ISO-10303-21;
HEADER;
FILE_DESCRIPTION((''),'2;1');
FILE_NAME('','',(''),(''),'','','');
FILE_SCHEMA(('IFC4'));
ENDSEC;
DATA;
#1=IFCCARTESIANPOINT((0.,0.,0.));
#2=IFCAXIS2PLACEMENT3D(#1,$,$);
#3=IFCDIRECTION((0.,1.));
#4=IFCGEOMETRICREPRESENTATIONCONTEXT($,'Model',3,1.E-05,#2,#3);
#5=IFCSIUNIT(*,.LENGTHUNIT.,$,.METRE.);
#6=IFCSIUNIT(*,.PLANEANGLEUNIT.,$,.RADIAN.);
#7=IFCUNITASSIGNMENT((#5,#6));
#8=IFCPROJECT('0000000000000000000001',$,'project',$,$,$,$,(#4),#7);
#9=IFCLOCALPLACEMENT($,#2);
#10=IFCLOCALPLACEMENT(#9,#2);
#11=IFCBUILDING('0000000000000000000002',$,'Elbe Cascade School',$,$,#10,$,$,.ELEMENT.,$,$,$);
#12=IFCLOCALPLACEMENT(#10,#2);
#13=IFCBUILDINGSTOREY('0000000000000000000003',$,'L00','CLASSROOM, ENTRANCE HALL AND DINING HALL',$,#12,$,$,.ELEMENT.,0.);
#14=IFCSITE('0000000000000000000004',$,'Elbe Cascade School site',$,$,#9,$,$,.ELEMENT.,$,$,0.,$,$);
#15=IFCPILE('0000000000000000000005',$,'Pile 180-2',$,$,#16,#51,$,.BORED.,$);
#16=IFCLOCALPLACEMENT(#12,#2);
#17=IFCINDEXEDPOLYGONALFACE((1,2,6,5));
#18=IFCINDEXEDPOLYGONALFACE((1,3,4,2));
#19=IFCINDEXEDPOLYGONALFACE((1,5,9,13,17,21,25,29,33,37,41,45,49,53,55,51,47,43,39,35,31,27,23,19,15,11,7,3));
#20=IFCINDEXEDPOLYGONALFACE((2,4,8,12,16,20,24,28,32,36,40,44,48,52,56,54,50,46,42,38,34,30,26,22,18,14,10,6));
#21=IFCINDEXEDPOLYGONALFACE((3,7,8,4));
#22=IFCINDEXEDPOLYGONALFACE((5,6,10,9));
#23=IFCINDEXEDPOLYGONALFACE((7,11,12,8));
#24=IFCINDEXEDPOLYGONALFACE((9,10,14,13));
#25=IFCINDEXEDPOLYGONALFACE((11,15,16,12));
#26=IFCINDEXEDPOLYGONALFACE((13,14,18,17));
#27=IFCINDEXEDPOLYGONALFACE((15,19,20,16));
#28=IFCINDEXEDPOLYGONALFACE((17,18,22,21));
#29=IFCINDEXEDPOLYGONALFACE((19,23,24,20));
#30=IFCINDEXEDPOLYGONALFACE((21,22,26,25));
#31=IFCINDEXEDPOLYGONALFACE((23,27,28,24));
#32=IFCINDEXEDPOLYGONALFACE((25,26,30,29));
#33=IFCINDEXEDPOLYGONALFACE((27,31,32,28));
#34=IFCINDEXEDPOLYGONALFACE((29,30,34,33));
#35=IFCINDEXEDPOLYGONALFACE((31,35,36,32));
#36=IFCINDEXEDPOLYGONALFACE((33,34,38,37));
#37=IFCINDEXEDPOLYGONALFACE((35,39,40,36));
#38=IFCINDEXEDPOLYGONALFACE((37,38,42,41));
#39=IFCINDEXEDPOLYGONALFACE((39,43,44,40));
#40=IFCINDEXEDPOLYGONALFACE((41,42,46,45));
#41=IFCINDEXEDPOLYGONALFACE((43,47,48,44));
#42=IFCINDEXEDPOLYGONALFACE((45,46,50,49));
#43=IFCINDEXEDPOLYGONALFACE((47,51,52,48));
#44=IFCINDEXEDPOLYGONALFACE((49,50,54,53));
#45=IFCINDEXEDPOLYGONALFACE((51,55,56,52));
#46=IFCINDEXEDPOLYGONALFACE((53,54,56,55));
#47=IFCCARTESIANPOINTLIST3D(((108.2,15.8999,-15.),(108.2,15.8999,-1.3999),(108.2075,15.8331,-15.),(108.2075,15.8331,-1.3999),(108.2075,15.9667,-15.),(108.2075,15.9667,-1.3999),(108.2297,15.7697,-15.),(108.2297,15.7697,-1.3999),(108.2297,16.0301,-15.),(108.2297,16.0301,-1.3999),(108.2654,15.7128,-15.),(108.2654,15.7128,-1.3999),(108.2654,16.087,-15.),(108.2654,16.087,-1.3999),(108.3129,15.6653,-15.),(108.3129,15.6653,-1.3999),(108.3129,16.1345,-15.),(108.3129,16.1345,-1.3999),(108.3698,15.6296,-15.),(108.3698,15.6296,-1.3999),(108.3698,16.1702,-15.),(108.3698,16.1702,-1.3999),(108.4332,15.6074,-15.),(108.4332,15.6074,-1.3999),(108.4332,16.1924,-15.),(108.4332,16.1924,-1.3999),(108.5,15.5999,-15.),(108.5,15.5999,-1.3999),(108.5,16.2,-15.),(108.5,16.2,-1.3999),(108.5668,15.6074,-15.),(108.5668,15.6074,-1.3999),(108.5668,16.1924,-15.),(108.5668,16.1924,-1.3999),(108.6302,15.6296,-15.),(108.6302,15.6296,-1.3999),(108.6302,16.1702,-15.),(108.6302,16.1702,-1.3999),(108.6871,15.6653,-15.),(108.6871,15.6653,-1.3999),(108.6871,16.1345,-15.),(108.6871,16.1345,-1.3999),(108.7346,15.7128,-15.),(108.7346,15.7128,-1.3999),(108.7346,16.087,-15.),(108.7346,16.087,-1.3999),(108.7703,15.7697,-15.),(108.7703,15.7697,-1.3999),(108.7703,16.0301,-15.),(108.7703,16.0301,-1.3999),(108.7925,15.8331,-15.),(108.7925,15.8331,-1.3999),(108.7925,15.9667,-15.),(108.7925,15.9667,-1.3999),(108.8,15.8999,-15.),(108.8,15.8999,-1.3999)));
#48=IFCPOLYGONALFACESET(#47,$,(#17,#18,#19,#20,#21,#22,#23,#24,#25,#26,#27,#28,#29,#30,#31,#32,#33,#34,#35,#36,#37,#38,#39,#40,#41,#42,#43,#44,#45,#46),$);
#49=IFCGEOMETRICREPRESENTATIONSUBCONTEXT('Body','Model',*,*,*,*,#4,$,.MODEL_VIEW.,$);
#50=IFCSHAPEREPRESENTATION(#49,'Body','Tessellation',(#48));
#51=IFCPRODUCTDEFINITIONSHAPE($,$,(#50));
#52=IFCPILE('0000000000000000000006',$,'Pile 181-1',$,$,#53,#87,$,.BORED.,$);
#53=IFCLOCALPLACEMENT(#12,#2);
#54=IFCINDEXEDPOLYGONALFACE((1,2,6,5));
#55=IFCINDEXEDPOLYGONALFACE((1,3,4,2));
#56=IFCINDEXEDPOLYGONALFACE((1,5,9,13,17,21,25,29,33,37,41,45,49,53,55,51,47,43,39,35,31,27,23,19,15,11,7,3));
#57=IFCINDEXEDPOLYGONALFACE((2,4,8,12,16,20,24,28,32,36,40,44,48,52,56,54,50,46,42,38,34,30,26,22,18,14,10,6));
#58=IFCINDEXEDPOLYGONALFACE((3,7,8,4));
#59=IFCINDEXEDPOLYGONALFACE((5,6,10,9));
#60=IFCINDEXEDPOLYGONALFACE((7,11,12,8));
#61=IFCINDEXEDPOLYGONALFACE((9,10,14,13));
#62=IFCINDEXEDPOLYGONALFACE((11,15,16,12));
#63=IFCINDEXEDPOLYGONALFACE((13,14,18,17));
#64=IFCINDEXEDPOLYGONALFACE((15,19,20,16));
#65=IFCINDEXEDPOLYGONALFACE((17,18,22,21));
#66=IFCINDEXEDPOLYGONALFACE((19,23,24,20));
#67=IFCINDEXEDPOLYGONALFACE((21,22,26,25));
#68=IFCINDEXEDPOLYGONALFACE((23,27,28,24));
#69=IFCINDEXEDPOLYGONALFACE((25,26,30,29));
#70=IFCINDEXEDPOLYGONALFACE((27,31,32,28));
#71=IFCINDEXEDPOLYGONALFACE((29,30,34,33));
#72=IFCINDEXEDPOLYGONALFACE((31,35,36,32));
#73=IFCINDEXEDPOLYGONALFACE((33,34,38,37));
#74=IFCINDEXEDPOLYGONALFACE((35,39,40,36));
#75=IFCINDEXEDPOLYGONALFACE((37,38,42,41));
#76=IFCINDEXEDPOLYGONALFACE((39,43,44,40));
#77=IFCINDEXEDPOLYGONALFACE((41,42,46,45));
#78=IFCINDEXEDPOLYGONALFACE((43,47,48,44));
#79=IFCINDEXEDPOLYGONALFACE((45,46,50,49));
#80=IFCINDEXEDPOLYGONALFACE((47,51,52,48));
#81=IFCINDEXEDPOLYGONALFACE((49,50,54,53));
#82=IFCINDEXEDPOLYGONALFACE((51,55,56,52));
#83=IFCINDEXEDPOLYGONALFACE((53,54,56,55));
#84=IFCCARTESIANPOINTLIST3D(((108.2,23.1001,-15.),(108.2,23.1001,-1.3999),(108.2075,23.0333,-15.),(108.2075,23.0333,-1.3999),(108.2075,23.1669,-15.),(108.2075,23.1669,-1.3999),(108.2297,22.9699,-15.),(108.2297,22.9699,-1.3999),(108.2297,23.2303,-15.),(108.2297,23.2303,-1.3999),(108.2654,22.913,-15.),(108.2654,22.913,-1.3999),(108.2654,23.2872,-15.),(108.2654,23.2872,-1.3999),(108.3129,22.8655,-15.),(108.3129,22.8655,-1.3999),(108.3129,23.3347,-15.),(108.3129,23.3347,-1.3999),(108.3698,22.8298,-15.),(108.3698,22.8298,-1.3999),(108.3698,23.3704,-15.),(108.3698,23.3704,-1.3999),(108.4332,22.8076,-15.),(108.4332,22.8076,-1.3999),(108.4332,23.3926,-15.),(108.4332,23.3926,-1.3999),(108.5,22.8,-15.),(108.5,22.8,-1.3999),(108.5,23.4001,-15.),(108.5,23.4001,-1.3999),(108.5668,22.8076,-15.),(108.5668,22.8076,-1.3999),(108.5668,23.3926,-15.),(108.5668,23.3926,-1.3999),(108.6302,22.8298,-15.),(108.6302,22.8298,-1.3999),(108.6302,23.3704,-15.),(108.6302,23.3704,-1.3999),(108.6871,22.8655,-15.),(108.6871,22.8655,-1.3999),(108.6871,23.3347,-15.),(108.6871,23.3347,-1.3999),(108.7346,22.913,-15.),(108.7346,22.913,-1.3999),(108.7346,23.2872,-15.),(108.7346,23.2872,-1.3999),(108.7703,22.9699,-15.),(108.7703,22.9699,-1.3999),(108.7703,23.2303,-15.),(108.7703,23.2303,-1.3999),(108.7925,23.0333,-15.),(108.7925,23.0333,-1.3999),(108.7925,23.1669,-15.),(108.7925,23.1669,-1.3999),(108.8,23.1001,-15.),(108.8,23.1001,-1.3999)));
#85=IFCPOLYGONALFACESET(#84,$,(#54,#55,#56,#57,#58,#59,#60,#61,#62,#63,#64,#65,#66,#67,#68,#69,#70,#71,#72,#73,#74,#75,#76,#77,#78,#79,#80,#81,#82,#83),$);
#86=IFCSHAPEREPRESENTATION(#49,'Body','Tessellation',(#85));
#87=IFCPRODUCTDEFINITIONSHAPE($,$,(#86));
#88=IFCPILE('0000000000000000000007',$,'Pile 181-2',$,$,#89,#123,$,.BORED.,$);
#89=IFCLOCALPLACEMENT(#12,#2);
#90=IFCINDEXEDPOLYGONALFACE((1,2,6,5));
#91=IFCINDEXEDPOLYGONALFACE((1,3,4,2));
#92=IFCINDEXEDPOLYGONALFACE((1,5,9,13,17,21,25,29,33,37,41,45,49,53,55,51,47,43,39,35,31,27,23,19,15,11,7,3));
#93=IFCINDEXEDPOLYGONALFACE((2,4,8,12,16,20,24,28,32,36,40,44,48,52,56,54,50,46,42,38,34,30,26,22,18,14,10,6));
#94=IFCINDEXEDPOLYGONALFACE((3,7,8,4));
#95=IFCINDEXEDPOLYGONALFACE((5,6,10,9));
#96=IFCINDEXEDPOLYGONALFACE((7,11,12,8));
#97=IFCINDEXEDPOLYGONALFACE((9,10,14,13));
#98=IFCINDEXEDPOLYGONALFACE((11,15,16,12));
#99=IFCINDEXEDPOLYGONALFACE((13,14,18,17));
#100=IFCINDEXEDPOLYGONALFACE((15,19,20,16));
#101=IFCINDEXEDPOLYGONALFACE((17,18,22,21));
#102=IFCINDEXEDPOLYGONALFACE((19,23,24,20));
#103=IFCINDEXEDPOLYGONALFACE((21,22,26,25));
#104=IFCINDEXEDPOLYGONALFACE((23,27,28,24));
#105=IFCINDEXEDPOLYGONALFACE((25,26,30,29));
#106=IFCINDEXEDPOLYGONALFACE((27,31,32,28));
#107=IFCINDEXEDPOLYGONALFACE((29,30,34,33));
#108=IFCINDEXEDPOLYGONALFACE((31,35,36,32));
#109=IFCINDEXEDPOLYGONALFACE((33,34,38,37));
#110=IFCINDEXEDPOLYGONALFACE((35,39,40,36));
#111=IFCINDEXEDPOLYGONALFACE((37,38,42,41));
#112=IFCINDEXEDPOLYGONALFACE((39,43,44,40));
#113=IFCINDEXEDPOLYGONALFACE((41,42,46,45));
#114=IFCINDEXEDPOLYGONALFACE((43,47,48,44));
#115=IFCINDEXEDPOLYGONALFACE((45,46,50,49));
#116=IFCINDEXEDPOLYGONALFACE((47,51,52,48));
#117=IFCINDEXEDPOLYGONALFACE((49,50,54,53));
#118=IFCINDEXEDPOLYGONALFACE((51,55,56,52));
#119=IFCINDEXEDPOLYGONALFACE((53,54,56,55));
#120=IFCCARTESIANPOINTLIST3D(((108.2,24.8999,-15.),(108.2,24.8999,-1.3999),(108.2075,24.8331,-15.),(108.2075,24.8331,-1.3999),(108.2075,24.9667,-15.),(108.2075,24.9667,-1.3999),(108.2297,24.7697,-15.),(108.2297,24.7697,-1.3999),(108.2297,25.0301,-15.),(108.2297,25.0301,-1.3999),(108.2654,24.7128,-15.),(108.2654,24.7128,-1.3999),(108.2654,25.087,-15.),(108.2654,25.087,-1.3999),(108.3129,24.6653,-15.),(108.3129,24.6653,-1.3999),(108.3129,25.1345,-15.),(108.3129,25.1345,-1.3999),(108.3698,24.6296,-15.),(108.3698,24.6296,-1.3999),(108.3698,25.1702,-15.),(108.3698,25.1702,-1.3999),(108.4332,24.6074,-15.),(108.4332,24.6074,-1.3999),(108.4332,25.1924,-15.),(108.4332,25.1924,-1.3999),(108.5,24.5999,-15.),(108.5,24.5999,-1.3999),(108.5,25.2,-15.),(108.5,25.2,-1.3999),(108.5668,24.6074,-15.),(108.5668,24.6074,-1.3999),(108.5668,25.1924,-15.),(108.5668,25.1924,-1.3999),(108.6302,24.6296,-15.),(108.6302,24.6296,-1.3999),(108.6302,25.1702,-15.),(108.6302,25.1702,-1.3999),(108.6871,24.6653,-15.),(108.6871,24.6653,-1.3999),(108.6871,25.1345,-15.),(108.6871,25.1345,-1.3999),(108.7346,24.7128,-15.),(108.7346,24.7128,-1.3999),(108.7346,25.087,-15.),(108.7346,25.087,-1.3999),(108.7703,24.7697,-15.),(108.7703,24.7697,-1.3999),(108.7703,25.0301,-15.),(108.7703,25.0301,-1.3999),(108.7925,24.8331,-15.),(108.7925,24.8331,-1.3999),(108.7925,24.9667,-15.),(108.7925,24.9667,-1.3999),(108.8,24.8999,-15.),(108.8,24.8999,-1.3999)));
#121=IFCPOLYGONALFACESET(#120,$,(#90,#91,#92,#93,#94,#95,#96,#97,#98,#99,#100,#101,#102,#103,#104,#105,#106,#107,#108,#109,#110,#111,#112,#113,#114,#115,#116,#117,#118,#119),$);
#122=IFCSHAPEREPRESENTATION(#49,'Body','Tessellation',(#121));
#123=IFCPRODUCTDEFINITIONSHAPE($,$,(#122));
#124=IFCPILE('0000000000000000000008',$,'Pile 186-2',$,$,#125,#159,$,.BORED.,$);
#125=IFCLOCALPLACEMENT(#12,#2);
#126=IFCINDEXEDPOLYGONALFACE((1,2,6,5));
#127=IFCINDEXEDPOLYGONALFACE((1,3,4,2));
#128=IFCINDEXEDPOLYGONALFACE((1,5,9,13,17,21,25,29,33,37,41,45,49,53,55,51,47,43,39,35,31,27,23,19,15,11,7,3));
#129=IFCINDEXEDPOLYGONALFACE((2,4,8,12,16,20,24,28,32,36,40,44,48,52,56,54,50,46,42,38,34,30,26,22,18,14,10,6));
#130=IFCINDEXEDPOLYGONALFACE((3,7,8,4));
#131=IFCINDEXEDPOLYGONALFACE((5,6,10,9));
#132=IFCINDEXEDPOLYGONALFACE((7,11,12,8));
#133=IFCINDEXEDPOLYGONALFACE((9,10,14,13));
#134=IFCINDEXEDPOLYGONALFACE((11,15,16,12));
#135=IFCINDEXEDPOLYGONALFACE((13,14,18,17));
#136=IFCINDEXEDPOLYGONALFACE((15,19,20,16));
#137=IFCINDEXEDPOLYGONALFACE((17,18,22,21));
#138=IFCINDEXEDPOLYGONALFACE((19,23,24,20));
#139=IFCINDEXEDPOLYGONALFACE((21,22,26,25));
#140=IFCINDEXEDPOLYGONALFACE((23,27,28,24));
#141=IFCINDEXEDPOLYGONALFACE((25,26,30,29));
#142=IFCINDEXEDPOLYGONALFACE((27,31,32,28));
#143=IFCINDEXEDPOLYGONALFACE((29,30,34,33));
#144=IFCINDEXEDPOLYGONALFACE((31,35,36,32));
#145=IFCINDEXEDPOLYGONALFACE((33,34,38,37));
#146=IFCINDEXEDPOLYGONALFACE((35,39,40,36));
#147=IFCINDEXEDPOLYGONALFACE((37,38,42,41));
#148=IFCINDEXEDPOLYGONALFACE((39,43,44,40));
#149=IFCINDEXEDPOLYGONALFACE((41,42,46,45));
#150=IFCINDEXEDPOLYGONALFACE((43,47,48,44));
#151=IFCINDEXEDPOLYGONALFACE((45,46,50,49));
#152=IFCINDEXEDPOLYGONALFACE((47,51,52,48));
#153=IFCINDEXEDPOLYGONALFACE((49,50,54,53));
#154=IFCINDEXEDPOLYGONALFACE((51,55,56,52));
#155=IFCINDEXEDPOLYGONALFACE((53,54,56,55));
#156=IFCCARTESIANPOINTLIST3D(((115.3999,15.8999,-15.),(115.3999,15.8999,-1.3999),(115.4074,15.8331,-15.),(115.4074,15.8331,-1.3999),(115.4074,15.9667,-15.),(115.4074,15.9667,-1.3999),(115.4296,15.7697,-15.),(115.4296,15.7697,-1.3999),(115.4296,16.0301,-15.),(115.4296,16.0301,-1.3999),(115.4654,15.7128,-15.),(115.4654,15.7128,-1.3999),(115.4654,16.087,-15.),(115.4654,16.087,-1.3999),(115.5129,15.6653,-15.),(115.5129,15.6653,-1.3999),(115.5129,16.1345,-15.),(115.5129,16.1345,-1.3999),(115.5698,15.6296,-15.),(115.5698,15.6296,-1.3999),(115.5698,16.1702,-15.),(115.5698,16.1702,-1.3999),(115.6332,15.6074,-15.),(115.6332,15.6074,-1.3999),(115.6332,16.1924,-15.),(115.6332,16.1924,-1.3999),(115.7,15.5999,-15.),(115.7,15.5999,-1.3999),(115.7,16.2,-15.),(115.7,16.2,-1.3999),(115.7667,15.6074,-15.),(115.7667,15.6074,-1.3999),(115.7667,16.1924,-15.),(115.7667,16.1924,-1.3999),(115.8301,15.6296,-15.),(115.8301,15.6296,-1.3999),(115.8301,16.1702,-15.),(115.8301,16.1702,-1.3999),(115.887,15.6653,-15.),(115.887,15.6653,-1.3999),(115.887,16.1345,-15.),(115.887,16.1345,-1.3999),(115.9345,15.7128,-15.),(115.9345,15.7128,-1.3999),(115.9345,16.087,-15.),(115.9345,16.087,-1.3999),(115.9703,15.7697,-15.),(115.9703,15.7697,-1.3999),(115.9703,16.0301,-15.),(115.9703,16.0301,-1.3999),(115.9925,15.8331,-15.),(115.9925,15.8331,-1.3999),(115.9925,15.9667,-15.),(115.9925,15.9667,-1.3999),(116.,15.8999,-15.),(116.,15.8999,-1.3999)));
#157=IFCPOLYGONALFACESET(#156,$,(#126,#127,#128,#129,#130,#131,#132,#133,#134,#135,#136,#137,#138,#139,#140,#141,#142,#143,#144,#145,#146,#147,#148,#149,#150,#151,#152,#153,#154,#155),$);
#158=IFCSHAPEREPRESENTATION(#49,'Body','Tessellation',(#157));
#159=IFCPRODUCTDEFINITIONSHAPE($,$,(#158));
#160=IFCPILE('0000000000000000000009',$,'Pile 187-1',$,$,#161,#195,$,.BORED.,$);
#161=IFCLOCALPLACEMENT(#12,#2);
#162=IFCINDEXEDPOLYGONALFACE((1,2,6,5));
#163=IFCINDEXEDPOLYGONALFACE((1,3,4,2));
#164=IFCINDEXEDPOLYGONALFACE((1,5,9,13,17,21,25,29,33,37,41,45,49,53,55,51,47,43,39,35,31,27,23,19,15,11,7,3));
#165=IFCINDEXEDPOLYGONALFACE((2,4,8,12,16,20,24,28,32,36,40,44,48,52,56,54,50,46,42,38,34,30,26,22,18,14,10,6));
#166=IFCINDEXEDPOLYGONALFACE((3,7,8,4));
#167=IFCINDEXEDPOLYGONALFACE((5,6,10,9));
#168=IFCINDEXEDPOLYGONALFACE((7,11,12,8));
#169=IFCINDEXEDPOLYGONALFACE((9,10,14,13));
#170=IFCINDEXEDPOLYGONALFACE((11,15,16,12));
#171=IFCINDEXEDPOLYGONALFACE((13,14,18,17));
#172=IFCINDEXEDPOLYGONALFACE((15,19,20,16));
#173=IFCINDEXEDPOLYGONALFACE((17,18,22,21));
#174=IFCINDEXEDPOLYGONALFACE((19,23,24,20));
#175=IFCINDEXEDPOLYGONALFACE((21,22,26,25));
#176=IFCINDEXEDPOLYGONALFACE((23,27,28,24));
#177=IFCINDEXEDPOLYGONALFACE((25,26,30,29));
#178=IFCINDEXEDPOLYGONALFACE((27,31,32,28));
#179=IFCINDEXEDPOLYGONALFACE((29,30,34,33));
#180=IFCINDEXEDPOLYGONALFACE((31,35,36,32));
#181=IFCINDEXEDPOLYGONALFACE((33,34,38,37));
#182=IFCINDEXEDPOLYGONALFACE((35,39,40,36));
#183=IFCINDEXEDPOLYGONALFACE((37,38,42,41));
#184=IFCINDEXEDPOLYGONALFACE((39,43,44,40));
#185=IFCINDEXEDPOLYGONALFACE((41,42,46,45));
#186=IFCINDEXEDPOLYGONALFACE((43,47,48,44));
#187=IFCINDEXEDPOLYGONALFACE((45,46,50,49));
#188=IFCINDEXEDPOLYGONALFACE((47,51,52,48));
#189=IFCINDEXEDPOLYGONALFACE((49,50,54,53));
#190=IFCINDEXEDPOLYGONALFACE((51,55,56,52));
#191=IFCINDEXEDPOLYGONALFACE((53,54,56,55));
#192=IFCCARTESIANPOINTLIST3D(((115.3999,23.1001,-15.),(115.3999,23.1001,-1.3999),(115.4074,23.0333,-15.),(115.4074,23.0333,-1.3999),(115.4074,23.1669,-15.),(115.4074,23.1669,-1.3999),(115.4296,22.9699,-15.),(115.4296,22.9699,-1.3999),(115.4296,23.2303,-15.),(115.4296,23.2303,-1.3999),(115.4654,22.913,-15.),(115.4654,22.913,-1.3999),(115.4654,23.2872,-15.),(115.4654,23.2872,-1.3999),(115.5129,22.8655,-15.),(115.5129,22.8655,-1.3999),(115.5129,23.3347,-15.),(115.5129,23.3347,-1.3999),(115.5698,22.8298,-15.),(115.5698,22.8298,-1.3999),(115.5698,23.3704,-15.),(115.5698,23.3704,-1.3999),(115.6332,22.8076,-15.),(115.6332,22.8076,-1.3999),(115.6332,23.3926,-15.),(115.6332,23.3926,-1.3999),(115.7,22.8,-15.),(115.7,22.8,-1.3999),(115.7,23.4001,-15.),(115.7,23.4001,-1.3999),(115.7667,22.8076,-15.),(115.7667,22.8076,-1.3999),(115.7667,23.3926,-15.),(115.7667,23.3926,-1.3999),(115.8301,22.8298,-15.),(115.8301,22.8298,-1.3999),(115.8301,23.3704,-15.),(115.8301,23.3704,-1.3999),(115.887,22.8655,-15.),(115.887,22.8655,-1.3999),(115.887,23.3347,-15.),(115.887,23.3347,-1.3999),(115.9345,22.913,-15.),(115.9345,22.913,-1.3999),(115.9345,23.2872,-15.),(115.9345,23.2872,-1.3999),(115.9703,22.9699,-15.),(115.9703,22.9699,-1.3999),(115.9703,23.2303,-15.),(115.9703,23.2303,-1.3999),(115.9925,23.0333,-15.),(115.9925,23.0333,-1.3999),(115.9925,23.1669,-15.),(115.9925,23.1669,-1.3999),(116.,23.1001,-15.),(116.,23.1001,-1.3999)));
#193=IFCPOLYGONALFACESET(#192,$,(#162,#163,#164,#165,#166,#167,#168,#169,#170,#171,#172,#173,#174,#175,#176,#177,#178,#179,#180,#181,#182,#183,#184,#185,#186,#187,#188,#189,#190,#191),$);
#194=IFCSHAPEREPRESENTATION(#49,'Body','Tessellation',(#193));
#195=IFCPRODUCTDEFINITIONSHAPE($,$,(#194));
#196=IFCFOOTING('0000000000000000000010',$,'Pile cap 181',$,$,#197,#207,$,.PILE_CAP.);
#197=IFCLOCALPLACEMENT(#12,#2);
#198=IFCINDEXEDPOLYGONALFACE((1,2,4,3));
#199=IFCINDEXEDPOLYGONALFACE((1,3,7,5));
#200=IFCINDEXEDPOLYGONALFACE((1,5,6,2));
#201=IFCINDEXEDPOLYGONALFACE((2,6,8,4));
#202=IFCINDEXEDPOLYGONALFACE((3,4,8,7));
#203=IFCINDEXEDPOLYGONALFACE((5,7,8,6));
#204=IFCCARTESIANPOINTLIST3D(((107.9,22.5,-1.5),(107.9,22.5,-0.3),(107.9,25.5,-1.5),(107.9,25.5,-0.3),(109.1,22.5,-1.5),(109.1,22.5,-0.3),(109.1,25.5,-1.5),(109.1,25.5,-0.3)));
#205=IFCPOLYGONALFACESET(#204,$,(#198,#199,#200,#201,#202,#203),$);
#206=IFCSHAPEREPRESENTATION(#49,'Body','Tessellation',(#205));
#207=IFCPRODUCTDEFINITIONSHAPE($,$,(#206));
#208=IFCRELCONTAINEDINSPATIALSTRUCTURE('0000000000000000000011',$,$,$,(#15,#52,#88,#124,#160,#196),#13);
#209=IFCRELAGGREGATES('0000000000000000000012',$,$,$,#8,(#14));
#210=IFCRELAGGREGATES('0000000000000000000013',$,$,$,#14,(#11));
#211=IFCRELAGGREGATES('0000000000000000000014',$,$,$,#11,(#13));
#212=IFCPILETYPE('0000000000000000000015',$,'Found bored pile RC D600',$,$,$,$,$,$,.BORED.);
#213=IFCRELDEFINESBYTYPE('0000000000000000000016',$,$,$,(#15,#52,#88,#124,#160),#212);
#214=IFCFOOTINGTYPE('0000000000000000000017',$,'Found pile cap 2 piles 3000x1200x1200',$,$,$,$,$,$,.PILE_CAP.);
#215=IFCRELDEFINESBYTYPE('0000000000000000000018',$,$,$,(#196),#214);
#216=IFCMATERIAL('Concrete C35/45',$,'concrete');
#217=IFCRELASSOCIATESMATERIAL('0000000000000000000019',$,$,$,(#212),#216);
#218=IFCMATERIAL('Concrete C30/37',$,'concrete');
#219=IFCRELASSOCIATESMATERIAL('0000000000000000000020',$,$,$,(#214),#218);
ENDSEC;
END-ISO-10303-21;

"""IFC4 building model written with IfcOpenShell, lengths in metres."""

from ifc_helpers import new_model, si_unit, direction, frame, origin, origin_2d, place, context, subcontext, project, spatial, rectangle, circle, extrude, material, material_profile, profile_set, type_object, element, save


model = new_model("IFC4")

# Units and contexts
model_context = context("Model", 3, precision=1e-05, world=origin(), true_north=direction((0.0, 1.0)))
body_context = subcontext(model_context, "Body", "Model", "MODEL_VIEW")
ifc_project = project(units=[si_unit("LENGTHUNIT", "METRE"), si_unit("PLANEANGLEUNIT", "RADIAN")], contexts=[model_context])

# Site, building, storey
site_placement = place(None, origin())
site = spatial("IfcSite", under=ifc_project, at=site_placement, Name="Elbe Cascade School site", CompositionType="ELEMENT", RefElevation=0.0)
building_placement = place(site_placement, origin())
building = spatial("IfcBuilding", under=site, at=building_placement, Name="Elbe Cascade School", CompositionType="ELEMENT")
storey_placement = place(building_placement, origin())
storey = spatial("IfcBuildingStorey", under=building, at=storey_placement, Name="L00", Description="CLASSROOM, ENTRANCE HALL AND DINING HALL", CompositionType="ELEMENT", Elevation=0.0)

# Piles
ifc_material_1 = material(Name="Concrete C35/45", Category="concrete")
ifc_material_profile_1 = material_profile(ifc_material_1, circle(Radius=0.3, at=origin_2d()), Name="RC D600")
ifc_profile_set_1 = profile_set([ifc_material_profile_1], Name="Concrete C35/45")
pile_type = type_object("IfcPileType", Name="Found bored pile RC D600", PredefinedType="BORED", material=ifc_profile_set_1)
for number, where, z_axis, x_axis, name in (
    (1, (108.5, 15.8999, -1.3999), (0.0, 0.0, -1.0), (1.0, 0.0, 0.0), "Pile 180-2"),
    (2, (108.5, 23.1001, -1.3999), (0.0, 0.0, -1.0), (1.0, 0.0, 0.0), "Pile 181-1"),
    (3, (108.5, 24.8999, -1.3999), (0.0, 0.0, -1.0), (1.0, 0.0, 0.0), "Pile 181-2"),
    (4, (115.7, 15.8999, -1.3999), (0.0, 0.0, -1.0), (1.0, 0.0, 0.0), "Pile 186-2"),
    (5, (115.7, 23.1001, -1.3999), (0.0, 0.0, -1.0), (1.0, 0.0, 0.0), "Pile 187-1"),
):
    element("IfcPile", number, at=place(storey_placement, frame(where, z_axis=z_axis, x_axis=x_axis)), inside=storey, type_object=pile_type, Name=name, PredefinedType="BORED", context=body_context, shape_type="SweptSolid", body=[
        extrude(circle(Radius=0.3, at=origin_2d()), origin(), (0.0, 0.0, 1.0), 13.6001),
    ])

# Footing
ifc_material_2 = material(Name="Concrete C30/37", Category="concrete")
footing_type = type_object("IfcFootingType", Name="Found pile cap 2 piles 3000x1200x1200", PredefinedType="PILE_CAP", material=ifc_material_2)
for number, where, z_axis, x_axis, name in (
    (6, (108.5, 24.0, -1.5), (0.0, 0.0, 1.0), (1.0, 0.0, 0.0), "Pile cap 181"),
):
    element("IfcFooting", number, at=place(storey_placement, frame(where, z_axis=z_axis, x_axis=x_axis)), inside=storey, type_object=footing_type, Name=name, PredefinedType="PILE_CAP", context=body_context, shape_type="SweptSolid", body=[
        extrude(rectangle(XDim=1.2, YDim=3.0, at=origin_2d()), origin(), (0.0, 0.0, 1.0), 1.2),
    ])

save(model, "model.ifc")
